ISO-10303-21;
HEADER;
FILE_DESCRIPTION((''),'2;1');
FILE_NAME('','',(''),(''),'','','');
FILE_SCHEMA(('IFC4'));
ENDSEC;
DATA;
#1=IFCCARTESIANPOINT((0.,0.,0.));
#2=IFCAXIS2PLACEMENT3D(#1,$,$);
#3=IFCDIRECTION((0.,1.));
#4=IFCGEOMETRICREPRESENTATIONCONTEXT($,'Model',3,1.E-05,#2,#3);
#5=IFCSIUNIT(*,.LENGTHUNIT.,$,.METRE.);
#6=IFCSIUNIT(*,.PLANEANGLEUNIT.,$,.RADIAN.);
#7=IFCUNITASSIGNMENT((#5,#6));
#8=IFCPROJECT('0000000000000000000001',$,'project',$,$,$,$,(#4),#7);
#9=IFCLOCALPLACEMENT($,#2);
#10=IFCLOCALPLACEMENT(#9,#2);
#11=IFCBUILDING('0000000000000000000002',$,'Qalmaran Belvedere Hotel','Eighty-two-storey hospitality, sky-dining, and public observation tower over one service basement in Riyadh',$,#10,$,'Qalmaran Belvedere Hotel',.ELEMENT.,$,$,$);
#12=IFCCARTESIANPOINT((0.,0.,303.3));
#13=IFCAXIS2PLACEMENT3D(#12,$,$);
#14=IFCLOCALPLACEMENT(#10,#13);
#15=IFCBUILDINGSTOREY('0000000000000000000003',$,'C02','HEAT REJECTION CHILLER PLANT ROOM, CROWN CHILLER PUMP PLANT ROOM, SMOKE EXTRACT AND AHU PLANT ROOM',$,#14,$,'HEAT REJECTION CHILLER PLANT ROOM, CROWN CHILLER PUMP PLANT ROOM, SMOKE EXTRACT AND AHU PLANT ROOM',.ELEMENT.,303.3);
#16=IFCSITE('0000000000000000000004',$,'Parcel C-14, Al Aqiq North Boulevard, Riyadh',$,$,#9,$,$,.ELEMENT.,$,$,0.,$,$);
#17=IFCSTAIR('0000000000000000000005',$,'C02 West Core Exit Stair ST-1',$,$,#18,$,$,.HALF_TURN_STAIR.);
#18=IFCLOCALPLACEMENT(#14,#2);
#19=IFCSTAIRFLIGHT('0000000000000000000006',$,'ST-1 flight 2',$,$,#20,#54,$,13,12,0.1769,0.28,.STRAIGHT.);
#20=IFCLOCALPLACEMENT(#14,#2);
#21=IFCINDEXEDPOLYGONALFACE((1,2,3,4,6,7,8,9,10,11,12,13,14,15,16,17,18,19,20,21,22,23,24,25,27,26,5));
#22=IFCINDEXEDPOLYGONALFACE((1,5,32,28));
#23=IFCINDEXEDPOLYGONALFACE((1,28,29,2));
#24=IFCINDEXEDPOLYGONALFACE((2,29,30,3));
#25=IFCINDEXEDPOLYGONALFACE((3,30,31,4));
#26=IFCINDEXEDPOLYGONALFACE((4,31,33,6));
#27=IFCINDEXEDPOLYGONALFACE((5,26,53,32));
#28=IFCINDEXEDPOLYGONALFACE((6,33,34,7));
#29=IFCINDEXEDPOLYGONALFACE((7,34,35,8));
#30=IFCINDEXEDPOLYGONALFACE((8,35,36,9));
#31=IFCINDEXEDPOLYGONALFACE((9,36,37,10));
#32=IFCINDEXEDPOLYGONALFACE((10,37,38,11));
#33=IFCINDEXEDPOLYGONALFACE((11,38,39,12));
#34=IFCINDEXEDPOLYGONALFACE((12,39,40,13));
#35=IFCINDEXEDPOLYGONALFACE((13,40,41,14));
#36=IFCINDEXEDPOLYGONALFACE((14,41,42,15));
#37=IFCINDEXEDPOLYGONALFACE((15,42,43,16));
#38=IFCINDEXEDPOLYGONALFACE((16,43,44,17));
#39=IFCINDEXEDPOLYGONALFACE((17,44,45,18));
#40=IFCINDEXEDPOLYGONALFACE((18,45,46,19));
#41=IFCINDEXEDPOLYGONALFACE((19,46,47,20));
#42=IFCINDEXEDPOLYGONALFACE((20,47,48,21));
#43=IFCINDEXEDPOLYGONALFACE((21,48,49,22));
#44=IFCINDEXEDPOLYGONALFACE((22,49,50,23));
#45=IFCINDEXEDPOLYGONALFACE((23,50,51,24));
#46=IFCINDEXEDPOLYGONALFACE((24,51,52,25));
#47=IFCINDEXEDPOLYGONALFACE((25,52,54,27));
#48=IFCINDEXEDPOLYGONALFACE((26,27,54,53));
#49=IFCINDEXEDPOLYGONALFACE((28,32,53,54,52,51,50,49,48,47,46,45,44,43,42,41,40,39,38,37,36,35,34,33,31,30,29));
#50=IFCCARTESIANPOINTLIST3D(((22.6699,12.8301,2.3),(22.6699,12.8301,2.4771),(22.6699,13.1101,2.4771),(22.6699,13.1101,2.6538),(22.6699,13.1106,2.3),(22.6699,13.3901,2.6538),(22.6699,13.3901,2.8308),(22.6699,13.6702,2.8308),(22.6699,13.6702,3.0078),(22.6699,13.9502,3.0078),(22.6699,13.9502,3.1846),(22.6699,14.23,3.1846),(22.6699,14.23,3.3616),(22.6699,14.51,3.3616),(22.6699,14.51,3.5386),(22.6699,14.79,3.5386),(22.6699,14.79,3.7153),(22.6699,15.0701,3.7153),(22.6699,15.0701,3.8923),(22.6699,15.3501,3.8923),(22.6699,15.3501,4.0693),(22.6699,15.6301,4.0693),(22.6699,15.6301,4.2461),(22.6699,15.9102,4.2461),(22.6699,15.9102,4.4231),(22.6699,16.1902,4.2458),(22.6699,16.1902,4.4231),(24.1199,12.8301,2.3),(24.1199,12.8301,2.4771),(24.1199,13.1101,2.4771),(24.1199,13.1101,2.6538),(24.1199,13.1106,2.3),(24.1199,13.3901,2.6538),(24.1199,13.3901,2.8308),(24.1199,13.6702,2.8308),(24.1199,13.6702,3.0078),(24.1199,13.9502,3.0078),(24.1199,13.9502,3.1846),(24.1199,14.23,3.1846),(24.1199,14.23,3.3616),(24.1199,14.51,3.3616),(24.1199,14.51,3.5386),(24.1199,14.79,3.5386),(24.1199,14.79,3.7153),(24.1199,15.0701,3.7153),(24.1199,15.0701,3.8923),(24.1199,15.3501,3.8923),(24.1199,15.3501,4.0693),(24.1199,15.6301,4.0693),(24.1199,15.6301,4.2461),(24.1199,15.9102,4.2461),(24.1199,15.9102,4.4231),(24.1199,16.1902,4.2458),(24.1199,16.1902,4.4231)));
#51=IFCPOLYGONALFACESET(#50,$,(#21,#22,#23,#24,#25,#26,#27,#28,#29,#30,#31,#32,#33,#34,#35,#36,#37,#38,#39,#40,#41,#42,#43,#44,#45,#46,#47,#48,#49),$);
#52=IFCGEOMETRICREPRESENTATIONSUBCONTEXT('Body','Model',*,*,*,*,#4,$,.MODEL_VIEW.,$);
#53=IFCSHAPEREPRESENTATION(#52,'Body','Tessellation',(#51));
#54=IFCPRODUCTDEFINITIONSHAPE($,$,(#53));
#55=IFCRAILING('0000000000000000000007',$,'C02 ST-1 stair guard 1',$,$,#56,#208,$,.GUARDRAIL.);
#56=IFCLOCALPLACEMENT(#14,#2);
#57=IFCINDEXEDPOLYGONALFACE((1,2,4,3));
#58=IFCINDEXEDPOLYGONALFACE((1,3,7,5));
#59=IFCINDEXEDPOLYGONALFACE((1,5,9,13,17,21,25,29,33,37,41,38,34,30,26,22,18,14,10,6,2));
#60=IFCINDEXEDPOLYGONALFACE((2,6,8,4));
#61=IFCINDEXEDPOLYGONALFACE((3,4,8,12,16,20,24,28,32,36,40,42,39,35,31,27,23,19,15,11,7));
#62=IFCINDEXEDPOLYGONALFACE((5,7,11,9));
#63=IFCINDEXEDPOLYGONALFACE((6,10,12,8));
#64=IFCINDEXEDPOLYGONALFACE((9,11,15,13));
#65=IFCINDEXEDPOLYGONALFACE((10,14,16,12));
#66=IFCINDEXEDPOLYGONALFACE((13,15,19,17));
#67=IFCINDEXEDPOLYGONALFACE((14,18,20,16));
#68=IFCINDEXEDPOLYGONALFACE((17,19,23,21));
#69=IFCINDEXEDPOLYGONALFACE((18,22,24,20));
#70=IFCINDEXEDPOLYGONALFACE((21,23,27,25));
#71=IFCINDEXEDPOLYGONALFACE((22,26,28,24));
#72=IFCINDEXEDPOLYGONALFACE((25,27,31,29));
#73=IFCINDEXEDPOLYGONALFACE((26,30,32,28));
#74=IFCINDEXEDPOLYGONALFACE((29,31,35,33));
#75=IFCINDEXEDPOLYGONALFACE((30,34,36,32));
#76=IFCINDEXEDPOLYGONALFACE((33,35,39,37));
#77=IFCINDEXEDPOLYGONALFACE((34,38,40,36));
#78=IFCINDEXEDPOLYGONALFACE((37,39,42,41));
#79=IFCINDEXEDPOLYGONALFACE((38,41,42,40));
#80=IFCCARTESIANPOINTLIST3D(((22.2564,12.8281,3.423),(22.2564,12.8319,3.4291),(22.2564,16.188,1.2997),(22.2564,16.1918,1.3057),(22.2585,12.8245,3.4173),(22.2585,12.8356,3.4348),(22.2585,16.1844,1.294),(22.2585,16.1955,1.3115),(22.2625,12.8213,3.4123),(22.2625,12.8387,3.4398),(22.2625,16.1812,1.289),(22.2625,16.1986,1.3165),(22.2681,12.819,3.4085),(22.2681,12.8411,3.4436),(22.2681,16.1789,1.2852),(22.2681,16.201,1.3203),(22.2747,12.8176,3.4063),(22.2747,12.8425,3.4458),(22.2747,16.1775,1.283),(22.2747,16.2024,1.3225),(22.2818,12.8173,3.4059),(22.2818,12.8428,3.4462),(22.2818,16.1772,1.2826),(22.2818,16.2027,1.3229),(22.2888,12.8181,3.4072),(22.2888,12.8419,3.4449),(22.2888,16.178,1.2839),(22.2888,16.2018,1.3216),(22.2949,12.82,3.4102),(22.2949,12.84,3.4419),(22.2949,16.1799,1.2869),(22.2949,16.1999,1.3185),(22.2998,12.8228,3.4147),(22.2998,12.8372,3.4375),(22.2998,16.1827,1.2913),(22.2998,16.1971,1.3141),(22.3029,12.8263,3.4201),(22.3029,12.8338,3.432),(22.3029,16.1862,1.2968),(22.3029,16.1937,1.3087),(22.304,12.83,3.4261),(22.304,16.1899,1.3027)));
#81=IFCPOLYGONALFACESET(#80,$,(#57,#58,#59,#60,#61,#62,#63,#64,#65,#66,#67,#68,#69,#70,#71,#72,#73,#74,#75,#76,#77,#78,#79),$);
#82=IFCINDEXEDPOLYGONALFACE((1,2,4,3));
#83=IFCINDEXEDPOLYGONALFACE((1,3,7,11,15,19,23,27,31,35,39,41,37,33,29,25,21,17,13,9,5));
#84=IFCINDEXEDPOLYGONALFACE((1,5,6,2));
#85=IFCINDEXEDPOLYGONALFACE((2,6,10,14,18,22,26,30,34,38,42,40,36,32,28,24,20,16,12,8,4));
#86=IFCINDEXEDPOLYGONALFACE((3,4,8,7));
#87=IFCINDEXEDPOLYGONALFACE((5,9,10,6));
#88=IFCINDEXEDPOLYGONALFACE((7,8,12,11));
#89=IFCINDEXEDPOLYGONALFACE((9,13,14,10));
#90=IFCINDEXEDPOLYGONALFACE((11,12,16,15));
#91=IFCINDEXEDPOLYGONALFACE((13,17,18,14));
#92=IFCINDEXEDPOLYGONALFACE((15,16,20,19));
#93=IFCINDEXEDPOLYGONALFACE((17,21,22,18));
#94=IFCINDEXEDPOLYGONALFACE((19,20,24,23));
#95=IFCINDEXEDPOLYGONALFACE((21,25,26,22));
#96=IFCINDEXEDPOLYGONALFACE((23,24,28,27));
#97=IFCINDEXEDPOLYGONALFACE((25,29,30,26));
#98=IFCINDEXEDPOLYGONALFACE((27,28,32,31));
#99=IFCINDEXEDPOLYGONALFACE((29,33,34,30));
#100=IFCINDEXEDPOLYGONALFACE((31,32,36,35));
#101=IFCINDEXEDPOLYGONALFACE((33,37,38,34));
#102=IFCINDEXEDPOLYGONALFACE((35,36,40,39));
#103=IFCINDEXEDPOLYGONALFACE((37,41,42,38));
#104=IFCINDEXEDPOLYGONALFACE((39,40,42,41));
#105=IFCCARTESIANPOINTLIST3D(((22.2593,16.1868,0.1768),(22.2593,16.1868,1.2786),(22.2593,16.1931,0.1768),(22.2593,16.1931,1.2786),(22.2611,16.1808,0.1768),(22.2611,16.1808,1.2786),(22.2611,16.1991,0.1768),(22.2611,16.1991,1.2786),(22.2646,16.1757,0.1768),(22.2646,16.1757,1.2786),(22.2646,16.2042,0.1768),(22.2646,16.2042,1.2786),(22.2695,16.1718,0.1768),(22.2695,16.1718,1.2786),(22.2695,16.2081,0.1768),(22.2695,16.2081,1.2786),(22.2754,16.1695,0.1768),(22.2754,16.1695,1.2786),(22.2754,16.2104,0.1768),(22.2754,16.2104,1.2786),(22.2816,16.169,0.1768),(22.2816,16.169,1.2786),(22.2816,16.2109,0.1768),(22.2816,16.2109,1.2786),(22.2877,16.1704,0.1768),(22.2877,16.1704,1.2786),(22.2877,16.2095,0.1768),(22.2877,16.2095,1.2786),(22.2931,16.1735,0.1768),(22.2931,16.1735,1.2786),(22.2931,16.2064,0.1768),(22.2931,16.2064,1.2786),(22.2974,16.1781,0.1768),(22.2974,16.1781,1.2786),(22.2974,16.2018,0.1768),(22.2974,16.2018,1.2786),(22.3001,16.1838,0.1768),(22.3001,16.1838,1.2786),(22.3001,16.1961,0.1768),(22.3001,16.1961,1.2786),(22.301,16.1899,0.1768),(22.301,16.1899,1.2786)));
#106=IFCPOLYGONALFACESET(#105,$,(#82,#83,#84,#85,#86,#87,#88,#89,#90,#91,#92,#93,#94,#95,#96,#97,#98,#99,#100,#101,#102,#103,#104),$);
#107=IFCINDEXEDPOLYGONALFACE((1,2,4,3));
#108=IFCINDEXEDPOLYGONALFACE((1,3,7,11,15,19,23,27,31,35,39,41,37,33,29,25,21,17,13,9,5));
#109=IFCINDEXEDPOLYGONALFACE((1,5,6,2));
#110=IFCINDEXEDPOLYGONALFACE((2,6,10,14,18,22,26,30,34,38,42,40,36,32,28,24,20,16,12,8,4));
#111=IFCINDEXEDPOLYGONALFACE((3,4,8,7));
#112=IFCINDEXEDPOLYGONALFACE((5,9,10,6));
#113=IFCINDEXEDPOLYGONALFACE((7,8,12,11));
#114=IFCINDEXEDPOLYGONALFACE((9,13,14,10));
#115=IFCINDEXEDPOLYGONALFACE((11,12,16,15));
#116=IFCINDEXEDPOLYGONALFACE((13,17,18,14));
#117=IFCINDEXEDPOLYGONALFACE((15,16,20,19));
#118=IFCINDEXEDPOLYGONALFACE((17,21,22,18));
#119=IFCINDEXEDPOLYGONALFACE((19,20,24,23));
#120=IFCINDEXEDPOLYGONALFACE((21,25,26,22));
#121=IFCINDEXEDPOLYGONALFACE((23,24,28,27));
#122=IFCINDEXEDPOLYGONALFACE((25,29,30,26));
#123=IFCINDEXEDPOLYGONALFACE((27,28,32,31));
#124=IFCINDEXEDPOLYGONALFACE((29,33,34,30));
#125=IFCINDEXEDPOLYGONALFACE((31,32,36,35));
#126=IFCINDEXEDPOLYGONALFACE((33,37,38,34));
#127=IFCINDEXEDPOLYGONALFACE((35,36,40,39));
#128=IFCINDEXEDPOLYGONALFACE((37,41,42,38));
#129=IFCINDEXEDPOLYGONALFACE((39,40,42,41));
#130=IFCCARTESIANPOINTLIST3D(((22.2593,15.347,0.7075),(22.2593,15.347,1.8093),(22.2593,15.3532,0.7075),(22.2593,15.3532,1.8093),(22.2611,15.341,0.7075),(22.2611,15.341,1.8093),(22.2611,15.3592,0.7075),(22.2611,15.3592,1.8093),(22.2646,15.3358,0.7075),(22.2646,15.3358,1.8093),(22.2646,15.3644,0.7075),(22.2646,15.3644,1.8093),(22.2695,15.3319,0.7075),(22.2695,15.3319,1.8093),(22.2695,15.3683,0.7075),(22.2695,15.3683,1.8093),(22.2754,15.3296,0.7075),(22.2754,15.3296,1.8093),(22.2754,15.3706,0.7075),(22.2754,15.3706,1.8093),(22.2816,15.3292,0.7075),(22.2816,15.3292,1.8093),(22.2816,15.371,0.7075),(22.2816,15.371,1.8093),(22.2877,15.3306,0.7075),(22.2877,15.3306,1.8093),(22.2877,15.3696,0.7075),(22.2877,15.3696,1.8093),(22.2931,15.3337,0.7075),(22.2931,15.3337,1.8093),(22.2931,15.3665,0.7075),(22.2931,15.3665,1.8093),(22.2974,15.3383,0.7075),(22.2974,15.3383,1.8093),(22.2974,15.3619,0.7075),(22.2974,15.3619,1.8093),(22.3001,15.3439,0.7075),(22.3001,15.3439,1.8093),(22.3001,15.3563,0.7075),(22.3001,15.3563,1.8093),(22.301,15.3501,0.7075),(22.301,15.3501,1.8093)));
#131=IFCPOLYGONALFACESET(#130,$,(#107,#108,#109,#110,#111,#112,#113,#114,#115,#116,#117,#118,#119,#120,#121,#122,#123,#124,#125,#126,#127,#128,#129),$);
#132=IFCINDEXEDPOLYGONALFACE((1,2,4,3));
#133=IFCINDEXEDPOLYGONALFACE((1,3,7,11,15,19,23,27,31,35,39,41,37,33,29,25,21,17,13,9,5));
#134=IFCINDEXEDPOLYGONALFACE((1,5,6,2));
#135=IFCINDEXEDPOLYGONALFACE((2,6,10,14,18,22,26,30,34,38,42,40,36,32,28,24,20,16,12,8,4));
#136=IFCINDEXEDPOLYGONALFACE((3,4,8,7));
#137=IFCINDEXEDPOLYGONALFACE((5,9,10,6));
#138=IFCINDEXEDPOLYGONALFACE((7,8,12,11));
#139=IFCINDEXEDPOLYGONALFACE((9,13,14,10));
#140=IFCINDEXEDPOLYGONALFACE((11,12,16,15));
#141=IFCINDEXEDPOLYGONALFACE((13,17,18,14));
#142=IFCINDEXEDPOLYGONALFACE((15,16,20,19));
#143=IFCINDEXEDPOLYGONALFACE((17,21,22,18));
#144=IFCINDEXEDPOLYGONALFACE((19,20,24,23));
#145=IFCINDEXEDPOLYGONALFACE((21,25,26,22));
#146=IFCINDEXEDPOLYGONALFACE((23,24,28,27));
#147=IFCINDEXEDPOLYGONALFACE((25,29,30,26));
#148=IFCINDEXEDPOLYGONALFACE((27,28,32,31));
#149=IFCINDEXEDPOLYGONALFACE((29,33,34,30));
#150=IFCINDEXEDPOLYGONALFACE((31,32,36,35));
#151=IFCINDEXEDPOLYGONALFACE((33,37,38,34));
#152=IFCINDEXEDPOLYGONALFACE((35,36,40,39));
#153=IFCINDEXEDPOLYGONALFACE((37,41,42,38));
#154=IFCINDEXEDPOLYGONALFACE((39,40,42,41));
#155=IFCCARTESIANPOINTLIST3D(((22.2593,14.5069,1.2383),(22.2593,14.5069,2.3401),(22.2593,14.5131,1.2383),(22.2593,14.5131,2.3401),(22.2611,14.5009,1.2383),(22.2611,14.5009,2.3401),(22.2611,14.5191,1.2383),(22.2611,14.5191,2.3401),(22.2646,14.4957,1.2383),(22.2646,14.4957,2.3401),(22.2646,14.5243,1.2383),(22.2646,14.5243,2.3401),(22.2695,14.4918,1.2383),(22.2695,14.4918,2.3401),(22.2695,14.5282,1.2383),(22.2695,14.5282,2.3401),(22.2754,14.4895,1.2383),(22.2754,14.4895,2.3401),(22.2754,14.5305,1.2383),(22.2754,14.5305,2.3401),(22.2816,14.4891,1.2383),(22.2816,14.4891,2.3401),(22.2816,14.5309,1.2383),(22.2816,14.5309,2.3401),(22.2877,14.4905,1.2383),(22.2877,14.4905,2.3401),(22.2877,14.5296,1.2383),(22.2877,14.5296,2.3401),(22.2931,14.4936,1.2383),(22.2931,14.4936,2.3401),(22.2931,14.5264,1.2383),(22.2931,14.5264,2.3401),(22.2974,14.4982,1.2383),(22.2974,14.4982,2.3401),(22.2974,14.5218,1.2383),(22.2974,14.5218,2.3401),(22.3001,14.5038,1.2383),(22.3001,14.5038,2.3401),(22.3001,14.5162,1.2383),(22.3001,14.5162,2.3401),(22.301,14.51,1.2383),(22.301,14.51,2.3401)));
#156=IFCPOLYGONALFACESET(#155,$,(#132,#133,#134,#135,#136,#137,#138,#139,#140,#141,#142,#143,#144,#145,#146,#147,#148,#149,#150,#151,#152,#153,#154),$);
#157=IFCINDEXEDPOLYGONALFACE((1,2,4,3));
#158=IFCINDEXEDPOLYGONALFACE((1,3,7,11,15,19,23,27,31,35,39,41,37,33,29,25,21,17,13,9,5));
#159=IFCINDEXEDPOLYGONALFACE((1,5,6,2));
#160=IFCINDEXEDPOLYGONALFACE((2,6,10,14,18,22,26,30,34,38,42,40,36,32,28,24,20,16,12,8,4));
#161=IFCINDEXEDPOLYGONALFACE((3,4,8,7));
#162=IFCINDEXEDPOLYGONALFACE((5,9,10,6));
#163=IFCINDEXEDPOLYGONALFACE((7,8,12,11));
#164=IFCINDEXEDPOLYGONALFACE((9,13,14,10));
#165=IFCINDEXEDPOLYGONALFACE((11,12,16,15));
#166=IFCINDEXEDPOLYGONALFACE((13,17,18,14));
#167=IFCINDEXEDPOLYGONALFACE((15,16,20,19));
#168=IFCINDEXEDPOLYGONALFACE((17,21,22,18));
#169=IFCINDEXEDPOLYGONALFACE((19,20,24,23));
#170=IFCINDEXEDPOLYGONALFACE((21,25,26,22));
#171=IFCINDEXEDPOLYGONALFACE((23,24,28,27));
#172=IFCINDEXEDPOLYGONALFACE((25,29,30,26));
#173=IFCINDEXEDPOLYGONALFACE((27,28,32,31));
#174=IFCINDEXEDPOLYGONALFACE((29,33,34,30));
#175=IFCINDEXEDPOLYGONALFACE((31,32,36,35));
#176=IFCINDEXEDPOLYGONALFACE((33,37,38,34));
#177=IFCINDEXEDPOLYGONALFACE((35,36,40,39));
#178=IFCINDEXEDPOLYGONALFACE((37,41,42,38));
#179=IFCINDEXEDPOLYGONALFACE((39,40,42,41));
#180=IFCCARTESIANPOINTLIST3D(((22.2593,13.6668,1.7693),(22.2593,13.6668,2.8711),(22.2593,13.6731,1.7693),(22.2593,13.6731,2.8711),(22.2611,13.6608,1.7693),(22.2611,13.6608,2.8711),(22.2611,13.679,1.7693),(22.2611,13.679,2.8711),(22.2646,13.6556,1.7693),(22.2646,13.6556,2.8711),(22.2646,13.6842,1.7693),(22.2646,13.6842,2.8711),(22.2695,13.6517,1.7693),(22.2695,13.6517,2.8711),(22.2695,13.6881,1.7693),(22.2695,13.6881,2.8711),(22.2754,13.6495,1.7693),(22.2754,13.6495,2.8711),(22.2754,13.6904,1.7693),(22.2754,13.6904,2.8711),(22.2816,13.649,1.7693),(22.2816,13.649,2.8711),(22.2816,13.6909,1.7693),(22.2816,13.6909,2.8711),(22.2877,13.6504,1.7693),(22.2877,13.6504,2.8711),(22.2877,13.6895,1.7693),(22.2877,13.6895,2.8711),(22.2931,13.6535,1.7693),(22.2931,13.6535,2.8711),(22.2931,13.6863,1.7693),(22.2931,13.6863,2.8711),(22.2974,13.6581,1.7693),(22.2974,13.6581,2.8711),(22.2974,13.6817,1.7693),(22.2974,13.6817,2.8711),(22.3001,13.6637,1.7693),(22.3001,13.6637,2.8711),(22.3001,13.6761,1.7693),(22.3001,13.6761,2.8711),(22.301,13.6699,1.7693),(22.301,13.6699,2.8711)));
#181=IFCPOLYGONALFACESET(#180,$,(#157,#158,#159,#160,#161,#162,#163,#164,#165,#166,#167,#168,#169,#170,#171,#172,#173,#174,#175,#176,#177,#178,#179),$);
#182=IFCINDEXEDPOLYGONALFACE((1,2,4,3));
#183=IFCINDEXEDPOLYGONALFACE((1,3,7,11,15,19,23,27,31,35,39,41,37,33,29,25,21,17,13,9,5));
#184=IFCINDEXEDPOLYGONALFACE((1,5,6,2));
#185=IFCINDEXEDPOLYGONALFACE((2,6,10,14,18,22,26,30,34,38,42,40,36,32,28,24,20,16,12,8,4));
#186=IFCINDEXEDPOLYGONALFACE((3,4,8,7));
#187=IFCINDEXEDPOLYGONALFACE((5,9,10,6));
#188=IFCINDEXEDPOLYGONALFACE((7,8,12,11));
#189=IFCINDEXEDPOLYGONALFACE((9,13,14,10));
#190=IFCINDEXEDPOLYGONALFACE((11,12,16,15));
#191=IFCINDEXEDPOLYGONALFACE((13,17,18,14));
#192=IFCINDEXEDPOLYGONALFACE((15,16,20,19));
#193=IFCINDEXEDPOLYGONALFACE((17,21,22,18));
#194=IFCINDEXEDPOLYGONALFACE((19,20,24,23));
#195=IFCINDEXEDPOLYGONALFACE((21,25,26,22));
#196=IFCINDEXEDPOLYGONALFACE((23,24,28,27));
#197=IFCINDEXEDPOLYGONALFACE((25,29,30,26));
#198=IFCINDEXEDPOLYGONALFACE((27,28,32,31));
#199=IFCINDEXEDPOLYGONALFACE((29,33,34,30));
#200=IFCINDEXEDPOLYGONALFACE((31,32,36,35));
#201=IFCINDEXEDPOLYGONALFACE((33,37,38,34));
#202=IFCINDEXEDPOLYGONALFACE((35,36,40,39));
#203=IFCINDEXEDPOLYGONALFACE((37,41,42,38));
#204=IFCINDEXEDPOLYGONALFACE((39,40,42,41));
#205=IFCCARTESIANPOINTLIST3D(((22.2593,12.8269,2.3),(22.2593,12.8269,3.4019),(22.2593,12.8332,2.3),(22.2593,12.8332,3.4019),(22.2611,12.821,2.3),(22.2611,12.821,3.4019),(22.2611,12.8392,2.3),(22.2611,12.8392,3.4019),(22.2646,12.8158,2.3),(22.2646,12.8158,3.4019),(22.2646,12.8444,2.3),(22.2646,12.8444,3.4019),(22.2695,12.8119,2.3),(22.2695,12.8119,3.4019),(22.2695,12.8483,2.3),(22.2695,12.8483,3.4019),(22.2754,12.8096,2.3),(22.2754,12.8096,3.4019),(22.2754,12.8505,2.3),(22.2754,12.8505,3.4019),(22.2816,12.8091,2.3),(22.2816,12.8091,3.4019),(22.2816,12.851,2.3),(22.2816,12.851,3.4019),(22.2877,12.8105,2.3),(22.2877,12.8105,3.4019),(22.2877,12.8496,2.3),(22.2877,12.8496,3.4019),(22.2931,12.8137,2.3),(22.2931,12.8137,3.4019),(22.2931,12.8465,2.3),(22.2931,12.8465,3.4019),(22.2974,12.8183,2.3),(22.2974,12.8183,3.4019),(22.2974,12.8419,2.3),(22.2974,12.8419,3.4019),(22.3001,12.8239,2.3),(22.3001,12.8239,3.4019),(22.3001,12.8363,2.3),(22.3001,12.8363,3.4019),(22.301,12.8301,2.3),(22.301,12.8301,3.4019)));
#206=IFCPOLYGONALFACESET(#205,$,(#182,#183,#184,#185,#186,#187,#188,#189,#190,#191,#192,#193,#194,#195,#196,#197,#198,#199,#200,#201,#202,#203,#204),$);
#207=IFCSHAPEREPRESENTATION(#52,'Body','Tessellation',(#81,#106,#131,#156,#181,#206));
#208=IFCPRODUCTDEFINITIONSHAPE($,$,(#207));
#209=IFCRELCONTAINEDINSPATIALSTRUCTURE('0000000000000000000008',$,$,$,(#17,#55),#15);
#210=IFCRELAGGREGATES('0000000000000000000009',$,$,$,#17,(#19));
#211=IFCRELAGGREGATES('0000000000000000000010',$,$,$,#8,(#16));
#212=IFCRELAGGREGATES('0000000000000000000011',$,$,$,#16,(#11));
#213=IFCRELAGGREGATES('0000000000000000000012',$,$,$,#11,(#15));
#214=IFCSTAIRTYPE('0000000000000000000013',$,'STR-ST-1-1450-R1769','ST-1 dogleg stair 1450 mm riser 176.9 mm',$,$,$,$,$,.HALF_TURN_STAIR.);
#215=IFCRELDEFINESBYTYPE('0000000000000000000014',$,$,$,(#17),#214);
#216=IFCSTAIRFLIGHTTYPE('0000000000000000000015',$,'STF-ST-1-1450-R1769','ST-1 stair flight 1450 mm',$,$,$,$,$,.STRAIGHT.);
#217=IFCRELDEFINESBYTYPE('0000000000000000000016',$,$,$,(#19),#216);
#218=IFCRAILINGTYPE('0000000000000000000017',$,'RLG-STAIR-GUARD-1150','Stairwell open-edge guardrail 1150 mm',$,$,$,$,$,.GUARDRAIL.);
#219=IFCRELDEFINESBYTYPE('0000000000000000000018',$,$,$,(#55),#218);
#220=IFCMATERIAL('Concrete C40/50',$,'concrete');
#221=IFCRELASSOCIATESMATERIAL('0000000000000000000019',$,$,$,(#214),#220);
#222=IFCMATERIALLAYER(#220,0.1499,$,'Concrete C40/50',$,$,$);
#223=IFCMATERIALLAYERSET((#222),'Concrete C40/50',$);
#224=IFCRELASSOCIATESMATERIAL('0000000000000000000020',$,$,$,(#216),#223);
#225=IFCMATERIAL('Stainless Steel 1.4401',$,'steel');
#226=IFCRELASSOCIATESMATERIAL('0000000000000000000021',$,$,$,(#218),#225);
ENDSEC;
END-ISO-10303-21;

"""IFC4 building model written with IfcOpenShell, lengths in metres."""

from ifc_helpers import new_model, si_unit, direction, frame, origin, origin_2d, place, context, subcontext, project, spatial, polyline, circle, outline, extrude, material, layer, layer_set, type_object, element, aggregate, save


model = new_model("IFC4")

# Units and contexts
model_context = context("Model", 3, precision=1e-05, world=origin(), true_north=direction((0.0, 1.0)))
body_context = subcontext(model_context, "Body", "Model", "MODEL_VIEW")
ifc_project = project(units=[si_unit("LENGTHUNIT", "METRE"), si_unit("PLANEANGLEUNIT", "RADIAN")], contexts=[model_context])

# Site, building, storey
site_placement = place(None, origin())
site = spatial("IfcSite", under=ifc_project, at=site_placement, Name="Parcel C-14, Al Aqiq North Boulevard, Riyadh", CompositionType="ELEMENT", RefElevation=0.0)
building_placement = place(site_placement, origin())
building = spatial("IfcBuilding", under=site, at=building_placement, Name="Qalmaran Belvedere Hotel", Description="Eighty-two-storey hospitality, sky-dining, and public observation tower over one service basement in Riyadh", LongName="Qalmaran Belvedere Hotel", CompositionType="ELEMENT")
storey_placement = place(building_placement, frame((0.0, 0.0, 303.3)))
storey = spatial("IfcBuildingStorey", under=building, at=storey_placement, Name="C02", Description="HEAT REJECTION CHILLER PLANT ROOM, CROWN CHILLER PUMP PLANT ROOM, SMOKE EXTRACT AND AHU PLANT ROOM", LongName="HEAT REJECTION CHILLER PLANT ROOM, CROWN CHILLER PUMP PLANT ROOM, SMOKE EXTRACT AND AHU PLANT ROOM", CompositionType="ELEMENT", Elevation=303.3)

# Stair, stair flight
ifc_material_1 = material(Name="Concrete C40/50", Category="concrete")
stair_type = type_object("IfcStairType", Name="STR-ST-1-1450-R1769", Description="ST-1 dogleg stair 1450 mm riser 176.9 mm", PredefinedType="HALF_TURN_STAIR", material=ifc_material_1)
stair_placement = place(storey_placement, origin())
stair = element("IfcStair", 1, at=stair_placement, inside=storey, type_object=stair_type, Name="C02 West Core Exit Stair ST-1", PredefinedType="HALF_TURN_STAIR")
ifc_layer_1 = layer(ifc_material_1, 0.1499, Name="Concrete C40/50")
ifc_layer_set_1 = layer_set([ifc_layer_1], Name="Concrete C40/50")
stair_flight_type = type_object("IfcStairFlightType", Name="STF-ST-1-1450-R1769", Description="ST-1 stair flight 1450 mm", PredefinedType="STRAIGHT", material=ifc_layer_set_1)
stair_flight_1_placement = place(storey_placement, frame((23.395, 12.8301, 2.3), z_axis=(0.0, 0.0, 1.0), x_axis=(0.0, 1.0, 0.0)))
stair_flight_1 = element("IfcStairFlight", 2, at=stair_flight_1_placement, type_object=stair_flight_type, Name="ST-1 flight 2", NumberOfRisers=13, NumberOfTreads=12, PredefinedType="STRAIGHT", RiserHeight=0.1769, TreadLength=0.28, context=body_context, shape_type="SweptSolid", body=[
    extrude(outline(polyline([(0.0, 0.0), (0.0, 0.177), (0.28, 0.177), (0.28, 0.3538), (0.5601, 0.3538), (0.5601, 0.5308), (0.8401, 0.5308), (0.8401, 0.7078), (1.1201, 0.7078), (1.1201, 0.8845), (1.3999, 0.8845), (1.3999, 1.0615), (1.6799, 1.0615), (1.6799, 1.2385), (1.96, 1.2385), (1.96, 1.4153), (2.24, 1.4153), (2.24, 1.5923), (2.52, 1.5923), (2.52, 1.7693), (2.8, 1.7693), (2.8, 1.946), (3.0801, 1.946), (3.0801, 2.123), (3.3601, 2.123), (3.3601, 2.3), (3.3601, 1.9458), (0.2805, 0.0), (0.0, 0.0)])), frame((0.0, 0.7251, 0.0), z_axis=(0.0, -1.0, 0.0), x_axis=(1.0, 0.0, 0.0)), (0.0, 0.0, 1.0), 1.45),
])
aggregate(stair, [stair_flight_1])

# Railing
ifc_material_2 = material(Name="Stainless Steel 1.4401", Category="steel")
railing_type_1 = type_object("IfcRailingType", Name="RLG-STAIR-GUARD-1150", Description="Stairwell open-edge guardrail 1150 mm", PredefinedType="GUARDRAIL", material=ifc_material_2)
railing_1_placement = place(storey_placement, frame((22.28, 16.1899, 0.1768)))
element("IfcRailing", 3, at=railing_1_placement, inside=storey, type_object=railing_type_1, Name="C02 ST-1 stair guard 1", PredefinedType="GUARDRAIL", context=body_context, shape_type="SweptSolid", body=[
    extrude(circle(Radius=0.0239, at=origin_2d()), frame((0.0, 0.0, 1.126), z_axis=(0.0, -0.845344, 0.534222), x_axis=(1.0, 0.0, 0.0)), (0.0, 0.0, 1.0), 3.9746),
    extrude(circle(Radius=0.021, at=origin_2d()), origin(), (0.0, 0.0, 1.0), 1.1018),
    extrude(circle(Radius=0.021, at=origin_2d()), frame((0.0, -0.8398, 0.5308)), (0.0, 0.0, 1.0), 1.1018),
    extrude(circle(Radius=0.021, at=origin_2d()), frame((0.0, -1.6799, 1.0615)), (0.0, 0.0, 1.0), 1.1018),
    extrude(circle(Radius=0.021, at=origin_2d()), frame((0.0, -2.52, 1.5925)), (0.0, 0.0, 1.0), 1.1018),
    extrude(circle(Radius=0.021, at=origin_2d()), frame((0.0, -3.3599, 2.1233)), (0.0, 0.0, 1.0), 1.1018),
])

save(model, "model.ifc")
